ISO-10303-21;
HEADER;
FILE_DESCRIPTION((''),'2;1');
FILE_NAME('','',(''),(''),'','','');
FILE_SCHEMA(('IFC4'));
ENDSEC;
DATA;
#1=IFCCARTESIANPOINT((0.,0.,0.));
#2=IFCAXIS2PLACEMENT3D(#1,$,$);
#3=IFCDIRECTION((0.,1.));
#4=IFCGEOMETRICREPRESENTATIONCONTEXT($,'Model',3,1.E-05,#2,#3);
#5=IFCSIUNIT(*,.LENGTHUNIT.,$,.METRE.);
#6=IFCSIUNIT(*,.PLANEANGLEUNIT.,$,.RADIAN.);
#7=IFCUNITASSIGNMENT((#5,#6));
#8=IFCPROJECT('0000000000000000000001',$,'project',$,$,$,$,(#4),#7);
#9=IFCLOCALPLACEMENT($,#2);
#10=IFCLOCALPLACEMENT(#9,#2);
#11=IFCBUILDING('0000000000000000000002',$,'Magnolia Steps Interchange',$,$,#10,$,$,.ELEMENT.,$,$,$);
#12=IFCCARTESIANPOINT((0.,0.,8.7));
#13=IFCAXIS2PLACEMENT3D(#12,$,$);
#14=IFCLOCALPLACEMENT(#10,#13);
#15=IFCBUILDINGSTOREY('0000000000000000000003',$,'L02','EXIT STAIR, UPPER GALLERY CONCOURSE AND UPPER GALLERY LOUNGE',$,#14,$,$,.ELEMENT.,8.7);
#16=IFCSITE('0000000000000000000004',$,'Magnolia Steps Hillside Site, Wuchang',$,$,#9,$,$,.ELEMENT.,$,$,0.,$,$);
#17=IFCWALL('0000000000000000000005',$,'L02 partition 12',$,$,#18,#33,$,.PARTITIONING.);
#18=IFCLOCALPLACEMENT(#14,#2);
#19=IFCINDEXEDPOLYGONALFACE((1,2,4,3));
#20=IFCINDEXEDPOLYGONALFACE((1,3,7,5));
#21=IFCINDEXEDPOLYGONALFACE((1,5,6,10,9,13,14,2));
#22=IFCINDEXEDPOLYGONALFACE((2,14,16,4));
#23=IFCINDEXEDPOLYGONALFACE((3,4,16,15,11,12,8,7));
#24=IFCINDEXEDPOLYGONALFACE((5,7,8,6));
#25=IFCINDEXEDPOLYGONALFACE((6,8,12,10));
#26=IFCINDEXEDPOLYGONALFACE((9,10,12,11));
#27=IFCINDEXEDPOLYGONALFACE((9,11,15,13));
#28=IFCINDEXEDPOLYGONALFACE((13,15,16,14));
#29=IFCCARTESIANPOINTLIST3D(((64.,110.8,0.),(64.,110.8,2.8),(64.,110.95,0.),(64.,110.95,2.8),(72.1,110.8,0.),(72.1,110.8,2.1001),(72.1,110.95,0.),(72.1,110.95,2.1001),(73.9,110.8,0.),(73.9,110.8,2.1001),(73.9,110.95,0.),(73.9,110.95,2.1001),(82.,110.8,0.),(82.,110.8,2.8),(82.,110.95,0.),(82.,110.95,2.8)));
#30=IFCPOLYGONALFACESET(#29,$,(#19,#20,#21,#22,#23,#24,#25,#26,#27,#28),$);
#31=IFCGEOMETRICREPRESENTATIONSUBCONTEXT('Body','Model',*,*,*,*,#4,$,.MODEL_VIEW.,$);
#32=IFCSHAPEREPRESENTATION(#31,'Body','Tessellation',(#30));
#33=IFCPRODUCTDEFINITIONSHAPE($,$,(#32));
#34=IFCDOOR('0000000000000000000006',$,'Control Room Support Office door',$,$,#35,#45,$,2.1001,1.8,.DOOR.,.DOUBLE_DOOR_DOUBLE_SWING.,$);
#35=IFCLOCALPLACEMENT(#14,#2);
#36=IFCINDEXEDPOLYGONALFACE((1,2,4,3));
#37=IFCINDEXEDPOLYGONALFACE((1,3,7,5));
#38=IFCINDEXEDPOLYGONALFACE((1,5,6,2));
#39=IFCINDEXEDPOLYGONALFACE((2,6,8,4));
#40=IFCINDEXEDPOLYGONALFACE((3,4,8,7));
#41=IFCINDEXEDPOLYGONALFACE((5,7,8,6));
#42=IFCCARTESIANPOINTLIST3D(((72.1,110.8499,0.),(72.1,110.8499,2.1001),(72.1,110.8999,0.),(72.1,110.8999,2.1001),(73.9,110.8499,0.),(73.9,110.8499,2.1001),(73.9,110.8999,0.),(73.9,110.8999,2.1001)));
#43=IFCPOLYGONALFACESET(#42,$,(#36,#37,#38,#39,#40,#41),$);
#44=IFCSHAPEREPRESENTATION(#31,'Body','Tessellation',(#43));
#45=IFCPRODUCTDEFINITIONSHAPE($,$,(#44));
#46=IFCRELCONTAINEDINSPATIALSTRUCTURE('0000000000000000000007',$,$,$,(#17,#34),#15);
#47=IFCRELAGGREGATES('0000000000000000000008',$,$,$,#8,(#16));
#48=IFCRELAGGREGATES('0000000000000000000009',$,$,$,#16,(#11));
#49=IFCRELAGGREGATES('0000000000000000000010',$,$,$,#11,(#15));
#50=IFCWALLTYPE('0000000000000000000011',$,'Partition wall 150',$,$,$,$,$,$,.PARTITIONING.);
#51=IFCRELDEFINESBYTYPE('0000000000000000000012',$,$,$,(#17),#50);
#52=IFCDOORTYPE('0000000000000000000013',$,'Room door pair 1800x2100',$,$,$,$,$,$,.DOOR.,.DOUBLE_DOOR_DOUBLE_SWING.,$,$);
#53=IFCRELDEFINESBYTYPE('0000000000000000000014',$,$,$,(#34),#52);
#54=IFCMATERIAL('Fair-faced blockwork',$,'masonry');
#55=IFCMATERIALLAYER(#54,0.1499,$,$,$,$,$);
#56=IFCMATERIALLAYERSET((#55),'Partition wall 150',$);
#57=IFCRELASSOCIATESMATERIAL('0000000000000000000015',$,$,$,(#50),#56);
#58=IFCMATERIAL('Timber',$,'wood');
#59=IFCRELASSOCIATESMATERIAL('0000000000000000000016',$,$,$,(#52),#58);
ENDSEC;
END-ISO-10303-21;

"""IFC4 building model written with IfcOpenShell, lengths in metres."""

from ifc_helpers import new_model, si_unit, direction, frame, frame_2d, origin, place, context, subcontext, project, spatial, rectangle, extrude, material, layer, layer_set, type_object, element, fill, save


model = new_model("IFC4")

# Units and contexts
model_context = context("Model", 3, precision=1e-05, world=origin(), true_north=direction((0.0, 1.0)))
body_context = subcontext(model_context, "Body", "Model", "MODEL_VIEW")
ifc_project = project(units=[si_unit("LENGTHUNIT", "METRE"), si_unit("PLANEANGLEUNIT", "RADIAN")], contexts=[model_context])

# Site, building, storey
site_placement = place(None, origin())
site = spatial("IfcSite", under=ifc_project, at=site_placement, Name="Magnolia Steps Hillside Site, Wuchang", CompositionType="ELEMENT", RefElevation=0.0)
building_placement = place(site_placement, origin())
building = spatial("IfcBuilding", under=site, at=building_placement, Name="Magnolia Steps Interchange", CompositionType="ELEMENT")
storey_placement = place(building_placement, frame((0.0, 0.0, 8.7)))
storey = spatial("IfcBuildingStorey", under=building, at=storey_placement, Name="L02", Description="EXIT STAIR, UPPER GALLERY CONCOURSE AND UPPER GALLERY LOUNGE", CompositionType="ELEMENT", Elevation=8.7)

# Wall, opening, door
ifc_material_1 = material(Name="Fair-faced blockwork", Category="masonry")
ifc_layer_1 = layer(ifc_material_1, 0.1499)
ifc_layer_set_1 = layer_set([ifc_layer_1], Name="Partition wall 150")
wall_type_1 = type_object("IfcWallType", Name="Partition wall 150", PredefinedType="PARTITIONING", material=ifc_layer_set_1)
wall_1_placement = place(storey_placement, frame((64.0, 110.875, 0.0), z_axis=(0.0, 0.0, 1.0), x_axis=(1.0, 0.0, 0.0)))
wall_1 = element("IfcWall", 1, at=wall_1_placement, inside=storey, type_object=wall_type_1, Name="L02 partition 12", PredefinedType="PARTITIONING", context=body_context, shape_type="SweptSolid", body=[
    extrude(rectangle(XDim=18.0, YDim=0.1499, at=frame_2d((9.0, 0.0))), origin(), (0.0, 0.0, 1.0), 2.8),
])
opening_1_placement = place(wall_1_placement, frame((8.1001, 0.0, 0.0)))
opening_1 = element("IfcOpeningElement", 2, at=opening_1_placement, cuts=wall_1, PredefinedType="OPENING", context=body_context, shape_type="SweptSolid", body=[
    extrude(rectangle(XDim=1.8, YDim=2.1001, at=frame_2d((0.8999, 1.05))), frame((0.0, 0.085, 0.0), z_axis=(0.0, -1.0, 0.0), x_axis=(1.0, 0.0, 0.0)), (0.0, 0.0, 1.0), 0.1699),
])
ifc_material_2 = material(Name="Timber", Category="wood")
door_type = type_object("IfcDoorType", Name="Room door pair 1800x2100", OperationType="DOUBLE_DOOR_DOUBLE_SWING", PredefinedType="DOOR", material=ifc_material_2)
door_placement = place(opening_1_placement, origin())
door = element("IfcDoor", 3, at=door_placement, inside=storey, type_object=door_type, Name="Control Room Support Office door", OperationType="DOUBLE_DOOR_DOUBLE_SWING", OverallHeight=2.1001, OverallWidth=1.8, PredefinedType="DOOR", context=body_context, shape_type="SweptSolid", body=[
    extrude(rectangle(XDim=1.8, YDim=2.1001, at=frame_2d((0.8999, 1.05))), frame((0.0, 0.0249, 0.0), z_axis=(0.0, -1.0, 0.0), x_axis=(1.0, 0.0, 0.0)), (0.0, 0.0, 1.0), 0.05),
])
fill(opening_1, door)

save(model, "model.ifc")
